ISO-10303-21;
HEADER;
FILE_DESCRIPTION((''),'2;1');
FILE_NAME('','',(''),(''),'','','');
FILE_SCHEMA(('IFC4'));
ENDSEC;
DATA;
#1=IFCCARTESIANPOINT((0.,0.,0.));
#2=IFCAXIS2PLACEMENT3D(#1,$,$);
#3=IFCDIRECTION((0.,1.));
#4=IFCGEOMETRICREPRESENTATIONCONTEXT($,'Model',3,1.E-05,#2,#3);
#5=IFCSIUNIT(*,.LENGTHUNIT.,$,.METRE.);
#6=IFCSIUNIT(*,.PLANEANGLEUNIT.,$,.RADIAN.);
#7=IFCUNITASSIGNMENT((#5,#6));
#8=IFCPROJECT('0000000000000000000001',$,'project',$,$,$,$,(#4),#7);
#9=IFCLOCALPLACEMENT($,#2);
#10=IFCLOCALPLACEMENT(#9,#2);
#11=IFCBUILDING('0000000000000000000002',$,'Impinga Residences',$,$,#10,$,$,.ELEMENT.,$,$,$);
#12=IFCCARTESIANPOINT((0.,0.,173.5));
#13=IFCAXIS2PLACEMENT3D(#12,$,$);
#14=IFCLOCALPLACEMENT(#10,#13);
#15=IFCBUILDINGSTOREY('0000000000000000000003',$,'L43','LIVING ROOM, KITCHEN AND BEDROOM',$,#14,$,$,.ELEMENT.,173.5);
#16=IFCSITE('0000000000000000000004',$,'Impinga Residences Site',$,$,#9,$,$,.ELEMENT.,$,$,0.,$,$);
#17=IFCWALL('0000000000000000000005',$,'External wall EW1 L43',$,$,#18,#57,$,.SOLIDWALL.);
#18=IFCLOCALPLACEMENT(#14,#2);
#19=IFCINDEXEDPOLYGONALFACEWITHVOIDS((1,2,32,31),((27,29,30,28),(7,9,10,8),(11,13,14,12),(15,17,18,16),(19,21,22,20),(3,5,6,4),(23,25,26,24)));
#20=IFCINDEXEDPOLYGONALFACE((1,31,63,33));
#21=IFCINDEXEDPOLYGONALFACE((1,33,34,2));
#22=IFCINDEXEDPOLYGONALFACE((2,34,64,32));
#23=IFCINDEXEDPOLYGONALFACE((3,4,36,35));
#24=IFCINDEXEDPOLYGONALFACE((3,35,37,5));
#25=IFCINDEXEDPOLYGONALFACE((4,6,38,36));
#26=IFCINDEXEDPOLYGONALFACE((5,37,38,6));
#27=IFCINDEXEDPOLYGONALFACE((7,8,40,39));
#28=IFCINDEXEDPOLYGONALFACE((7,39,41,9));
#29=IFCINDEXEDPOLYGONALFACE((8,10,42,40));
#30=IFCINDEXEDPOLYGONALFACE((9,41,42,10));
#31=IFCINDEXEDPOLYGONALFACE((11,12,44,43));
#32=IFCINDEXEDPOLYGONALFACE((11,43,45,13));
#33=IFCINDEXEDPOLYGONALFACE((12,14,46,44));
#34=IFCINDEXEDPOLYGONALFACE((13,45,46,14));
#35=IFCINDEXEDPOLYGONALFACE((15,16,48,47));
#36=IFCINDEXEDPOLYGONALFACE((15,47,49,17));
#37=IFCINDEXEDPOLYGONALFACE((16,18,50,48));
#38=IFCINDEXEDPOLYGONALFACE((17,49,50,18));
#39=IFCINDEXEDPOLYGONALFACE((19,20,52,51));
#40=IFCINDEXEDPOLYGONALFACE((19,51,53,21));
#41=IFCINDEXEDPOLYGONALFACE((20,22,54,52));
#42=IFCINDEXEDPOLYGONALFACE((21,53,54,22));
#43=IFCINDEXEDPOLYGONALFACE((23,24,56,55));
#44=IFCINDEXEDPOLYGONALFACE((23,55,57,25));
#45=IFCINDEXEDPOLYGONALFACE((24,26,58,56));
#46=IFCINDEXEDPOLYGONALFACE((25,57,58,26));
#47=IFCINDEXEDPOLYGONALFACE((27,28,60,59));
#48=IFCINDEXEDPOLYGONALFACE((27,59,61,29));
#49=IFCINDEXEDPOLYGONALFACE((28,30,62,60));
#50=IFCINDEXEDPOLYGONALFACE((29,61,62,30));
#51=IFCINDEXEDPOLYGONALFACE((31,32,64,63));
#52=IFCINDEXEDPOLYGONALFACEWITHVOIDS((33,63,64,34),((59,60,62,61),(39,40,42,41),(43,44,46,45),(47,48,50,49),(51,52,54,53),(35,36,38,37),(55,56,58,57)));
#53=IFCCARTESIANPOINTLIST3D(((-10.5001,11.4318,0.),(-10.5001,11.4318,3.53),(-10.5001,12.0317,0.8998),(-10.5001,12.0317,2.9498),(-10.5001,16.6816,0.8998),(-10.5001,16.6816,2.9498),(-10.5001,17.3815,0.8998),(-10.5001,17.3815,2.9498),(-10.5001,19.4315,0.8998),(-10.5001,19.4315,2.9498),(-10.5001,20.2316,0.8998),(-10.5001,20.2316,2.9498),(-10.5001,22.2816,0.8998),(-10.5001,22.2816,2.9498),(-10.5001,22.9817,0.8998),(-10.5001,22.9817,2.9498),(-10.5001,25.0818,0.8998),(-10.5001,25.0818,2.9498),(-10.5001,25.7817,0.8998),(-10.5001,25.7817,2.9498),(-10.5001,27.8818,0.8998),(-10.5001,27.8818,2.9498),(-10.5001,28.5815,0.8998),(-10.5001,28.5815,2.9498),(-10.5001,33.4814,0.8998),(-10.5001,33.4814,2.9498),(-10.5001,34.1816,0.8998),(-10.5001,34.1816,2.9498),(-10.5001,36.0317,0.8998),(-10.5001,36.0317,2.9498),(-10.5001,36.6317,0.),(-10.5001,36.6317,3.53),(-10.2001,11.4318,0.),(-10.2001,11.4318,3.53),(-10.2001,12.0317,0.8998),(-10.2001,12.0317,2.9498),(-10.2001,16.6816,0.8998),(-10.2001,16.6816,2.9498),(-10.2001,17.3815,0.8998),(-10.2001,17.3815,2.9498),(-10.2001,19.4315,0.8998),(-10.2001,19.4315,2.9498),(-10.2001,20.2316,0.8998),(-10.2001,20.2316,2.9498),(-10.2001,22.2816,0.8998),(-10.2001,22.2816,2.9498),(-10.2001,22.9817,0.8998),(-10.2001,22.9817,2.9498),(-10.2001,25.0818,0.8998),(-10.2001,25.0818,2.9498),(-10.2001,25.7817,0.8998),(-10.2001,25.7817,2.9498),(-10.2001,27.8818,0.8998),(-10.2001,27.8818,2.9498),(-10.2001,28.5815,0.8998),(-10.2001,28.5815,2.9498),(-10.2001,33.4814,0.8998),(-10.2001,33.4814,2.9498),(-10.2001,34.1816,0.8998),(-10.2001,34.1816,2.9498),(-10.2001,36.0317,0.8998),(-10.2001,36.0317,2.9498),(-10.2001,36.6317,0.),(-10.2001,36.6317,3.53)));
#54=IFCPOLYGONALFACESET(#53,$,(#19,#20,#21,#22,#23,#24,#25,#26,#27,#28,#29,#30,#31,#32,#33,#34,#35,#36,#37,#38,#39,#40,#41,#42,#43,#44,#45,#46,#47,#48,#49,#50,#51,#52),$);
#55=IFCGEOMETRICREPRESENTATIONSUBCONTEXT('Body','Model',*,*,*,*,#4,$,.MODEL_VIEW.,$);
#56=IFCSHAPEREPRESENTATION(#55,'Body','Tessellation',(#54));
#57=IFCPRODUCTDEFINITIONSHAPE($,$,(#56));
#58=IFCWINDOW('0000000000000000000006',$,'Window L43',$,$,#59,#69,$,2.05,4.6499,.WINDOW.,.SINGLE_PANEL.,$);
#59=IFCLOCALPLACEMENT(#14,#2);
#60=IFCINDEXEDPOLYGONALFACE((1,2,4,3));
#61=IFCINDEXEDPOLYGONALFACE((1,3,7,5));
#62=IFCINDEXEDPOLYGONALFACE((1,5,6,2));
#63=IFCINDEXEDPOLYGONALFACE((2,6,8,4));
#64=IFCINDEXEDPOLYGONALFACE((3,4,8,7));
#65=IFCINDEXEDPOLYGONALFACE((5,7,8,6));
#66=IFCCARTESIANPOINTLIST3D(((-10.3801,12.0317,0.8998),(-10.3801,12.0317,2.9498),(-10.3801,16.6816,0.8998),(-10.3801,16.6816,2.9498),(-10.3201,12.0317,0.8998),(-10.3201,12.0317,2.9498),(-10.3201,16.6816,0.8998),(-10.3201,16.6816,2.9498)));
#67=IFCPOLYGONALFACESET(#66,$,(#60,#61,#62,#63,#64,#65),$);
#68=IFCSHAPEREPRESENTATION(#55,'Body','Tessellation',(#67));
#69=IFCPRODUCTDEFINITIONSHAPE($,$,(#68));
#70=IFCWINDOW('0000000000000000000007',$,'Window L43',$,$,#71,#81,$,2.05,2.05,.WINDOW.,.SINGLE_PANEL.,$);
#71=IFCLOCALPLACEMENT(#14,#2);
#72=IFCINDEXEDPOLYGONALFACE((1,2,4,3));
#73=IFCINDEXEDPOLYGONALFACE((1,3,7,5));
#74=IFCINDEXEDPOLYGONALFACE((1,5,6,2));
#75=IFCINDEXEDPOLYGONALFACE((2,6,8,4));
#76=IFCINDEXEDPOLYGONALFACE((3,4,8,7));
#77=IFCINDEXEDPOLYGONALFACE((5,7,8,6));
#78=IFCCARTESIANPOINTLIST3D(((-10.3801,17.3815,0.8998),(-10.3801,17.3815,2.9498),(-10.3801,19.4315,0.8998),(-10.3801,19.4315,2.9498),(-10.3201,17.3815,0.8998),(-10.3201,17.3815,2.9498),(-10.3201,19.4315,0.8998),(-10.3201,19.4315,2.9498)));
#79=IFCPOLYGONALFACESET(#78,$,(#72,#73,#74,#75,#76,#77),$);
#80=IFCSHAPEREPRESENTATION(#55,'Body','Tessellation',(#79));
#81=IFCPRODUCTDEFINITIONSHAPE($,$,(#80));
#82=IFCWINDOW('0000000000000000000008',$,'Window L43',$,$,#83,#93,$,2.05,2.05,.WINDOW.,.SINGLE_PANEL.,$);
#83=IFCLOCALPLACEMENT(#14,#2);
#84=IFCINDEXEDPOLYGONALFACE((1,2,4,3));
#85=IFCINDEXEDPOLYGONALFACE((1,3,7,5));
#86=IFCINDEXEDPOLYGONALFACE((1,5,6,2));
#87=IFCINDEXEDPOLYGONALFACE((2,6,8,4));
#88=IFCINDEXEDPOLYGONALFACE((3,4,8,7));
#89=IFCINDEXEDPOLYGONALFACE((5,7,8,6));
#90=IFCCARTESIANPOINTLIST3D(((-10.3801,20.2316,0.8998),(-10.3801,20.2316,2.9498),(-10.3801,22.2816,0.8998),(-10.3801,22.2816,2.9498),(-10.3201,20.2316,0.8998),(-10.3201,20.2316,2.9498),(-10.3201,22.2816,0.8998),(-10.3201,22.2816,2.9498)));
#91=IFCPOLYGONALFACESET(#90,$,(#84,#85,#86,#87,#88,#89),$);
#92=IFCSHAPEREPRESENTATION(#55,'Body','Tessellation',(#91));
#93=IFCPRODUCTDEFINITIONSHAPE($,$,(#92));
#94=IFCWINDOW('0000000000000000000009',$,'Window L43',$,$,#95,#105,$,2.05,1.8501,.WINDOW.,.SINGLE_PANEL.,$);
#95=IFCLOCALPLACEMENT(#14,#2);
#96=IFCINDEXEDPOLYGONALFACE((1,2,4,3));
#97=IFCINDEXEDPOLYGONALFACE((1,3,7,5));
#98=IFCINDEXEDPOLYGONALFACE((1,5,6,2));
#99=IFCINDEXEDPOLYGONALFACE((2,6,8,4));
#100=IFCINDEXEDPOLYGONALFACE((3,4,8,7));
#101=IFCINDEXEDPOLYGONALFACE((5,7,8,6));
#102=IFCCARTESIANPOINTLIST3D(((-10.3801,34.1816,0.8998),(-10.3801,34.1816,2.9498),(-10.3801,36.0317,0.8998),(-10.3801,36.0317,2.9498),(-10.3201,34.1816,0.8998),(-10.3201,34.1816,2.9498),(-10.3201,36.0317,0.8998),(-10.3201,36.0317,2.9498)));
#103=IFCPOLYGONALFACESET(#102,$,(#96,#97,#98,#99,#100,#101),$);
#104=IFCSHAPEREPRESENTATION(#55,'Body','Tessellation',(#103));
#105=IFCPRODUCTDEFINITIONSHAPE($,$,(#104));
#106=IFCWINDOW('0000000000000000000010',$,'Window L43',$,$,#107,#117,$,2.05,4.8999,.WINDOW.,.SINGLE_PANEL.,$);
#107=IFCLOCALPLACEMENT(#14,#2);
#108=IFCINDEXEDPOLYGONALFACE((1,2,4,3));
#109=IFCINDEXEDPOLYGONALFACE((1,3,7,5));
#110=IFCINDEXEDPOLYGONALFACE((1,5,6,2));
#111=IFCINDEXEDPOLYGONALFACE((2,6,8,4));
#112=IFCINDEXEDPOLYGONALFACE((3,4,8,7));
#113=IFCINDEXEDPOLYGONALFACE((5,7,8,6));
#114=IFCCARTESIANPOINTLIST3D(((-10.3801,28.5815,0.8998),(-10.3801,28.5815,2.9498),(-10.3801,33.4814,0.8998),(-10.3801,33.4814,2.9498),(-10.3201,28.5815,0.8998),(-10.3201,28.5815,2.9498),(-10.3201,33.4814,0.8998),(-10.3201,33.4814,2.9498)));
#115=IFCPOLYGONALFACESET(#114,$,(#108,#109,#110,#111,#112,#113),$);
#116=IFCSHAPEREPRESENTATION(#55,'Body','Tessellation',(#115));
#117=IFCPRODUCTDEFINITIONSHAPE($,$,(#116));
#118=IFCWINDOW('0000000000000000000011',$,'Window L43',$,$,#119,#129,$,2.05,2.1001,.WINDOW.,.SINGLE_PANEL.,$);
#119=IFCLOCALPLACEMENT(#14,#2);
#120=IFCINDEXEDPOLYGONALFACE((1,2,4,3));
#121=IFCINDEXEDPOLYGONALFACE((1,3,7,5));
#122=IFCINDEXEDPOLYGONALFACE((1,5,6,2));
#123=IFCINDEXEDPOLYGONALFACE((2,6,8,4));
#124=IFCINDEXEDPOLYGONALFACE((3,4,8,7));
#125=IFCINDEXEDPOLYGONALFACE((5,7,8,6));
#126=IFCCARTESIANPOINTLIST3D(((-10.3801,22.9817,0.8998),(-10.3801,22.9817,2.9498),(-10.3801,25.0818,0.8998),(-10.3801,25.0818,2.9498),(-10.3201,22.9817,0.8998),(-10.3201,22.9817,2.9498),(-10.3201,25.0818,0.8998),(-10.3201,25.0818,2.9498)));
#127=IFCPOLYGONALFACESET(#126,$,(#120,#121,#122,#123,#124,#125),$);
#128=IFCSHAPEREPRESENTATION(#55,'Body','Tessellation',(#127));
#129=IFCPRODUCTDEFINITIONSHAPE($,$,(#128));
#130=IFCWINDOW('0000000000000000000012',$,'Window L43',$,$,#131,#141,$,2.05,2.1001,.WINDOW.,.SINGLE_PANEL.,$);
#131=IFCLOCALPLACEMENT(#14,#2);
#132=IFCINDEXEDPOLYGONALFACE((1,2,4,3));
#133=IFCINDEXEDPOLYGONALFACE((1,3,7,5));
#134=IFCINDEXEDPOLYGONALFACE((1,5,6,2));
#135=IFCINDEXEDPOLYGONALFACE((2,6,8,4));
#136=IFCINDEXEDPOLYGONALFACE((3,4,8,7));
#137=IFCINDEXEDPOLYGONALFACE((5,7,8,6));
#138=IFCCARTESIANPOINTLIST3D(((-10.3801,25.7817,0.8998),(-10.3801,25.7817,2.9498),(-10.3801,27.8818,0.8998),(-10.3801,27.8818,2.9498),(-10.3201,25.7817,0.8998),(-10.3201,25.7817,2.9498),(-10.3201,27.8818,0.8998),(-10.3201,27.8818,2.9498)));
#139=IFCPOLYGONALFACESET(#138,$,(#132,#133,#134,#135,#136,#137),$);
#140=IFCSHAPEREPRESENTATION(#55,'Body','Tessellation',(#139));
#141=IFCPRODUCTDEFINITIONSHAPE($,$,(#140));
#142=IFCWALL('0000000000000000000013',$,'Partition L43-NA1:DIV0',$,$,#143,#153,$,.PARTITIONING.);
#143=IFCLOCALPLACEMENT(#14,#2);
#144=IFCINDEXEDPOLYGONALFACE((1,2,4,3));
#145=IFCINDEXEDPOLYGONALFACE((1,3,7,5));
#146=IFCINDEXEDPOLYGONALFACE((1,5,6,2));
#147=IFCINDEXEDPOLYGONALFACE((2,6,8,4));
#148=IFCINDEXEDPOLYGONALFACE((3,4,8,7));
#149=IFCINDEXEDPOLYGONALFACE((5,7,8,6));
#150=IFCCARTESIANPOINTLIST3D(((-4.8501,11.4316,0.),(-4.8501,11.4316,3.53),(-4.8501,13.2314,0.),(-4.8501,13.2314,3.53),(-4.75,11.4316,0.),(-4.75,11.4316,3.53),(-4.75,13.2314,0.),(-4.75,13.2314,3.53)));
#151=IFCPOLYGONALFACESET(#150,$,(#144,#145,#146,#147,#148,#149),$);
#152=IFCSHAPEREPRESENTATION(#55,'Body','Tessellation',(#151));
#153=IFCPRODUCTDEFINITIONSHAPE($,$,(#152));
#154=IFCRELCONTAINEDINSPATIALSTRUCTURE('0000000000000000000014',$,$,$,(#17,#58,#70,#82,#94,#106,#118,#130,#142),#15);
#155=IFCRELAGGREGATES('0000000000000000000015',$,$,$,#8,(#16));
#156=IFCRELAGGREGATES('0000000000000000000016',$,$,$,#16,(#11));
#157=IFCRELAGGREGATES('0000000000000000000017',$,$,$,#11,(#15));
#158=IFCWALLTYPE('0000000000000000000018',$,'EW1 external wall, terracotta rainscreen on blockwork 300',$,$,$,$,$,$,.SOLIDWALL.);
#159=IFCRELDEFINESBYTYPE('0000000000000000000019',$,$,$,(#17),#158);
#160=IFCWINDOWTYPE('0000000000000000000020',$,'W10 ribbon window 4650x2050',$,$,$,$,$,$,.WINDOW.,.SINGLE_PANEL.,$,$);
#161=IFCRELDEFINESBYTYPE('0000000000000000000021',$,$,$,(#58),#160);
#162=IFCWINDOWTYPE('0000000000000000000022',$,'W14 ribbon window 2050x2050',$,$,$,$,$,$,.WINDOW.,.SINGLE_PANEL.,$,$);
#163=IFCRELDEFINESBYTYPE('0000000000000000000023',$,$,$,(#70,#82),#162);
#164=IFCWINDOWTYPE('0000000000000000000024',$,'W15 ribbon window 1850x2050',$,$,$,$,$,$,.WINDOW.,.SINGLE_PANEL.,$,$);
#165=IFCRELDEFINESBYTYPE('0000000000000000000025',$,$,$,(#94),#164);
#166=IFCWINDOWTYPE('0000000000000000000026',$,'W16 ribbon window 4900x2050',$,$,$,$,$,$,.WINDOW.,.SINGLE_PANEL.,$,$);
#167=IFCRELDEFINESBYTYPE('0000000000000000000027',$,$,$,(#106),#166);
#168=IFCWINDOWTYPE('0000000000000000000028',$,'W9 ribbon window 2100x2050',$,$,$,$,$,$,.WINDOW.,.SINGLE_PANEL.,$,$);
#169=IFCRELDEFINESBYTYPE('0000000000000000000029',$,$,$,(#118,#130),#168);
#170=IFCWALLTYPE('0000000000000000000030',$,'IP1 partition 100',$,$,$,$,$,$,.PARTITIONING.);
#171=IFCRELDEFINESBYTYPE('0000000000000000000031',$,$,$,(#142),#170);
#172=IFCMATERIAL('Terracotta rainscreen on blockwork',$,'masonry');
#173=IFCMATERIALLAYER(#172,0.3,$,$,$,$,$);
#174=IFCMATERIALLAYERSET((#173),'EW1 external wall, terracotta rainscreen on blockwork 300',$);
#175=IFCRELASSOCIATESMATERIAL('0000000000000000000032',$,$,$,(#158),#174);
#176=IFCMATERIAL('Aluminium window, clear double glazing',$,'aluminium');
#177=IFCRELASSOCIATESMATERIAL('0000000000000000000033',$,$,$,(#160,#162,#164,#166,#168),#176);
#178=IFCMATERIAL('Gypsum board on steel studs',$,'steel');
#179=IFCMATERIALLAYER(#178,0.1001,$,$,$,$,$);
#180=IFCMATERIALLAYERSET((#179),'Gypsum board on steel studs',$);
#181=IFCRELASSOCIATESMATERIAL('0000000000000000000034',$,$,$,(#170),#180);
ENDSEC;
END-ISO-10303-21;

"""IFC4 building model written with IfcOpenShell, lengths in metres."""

from ifc_helpers import new_model, si_unit, direction, frame, frame_2d, origin, place, context, subcontext, project, spatial, rectangle, extrude, material, layer, layer_set, type_object, element, fill, save


model = new_model("IFC4")

# Units and contexts
model_context = context("Model", 3, precision=1e-05, world=origin(), true_north=direction((0.0, 1.0)))
body_context = subcontext(model_context, "Body", "Model", "MODEL_VIEW")
ifc_project = project(units=[si_unit("LENGTHUNIT", "METRE"), si_unit("PLANEANGLEUNIT", "RADIAN")], contexts=[model_context])

# Site, building, storey
site_placement = place(None, origin())
site = spatial("IfcSite", under=ifc_project, at=site_placement, Name="Impinga Residences Site", CompositionType="ELEMENT", RefElevation=0.0)
building_placement = place(site_placement, origin())
building = spatial("IfcBuilding", under=site, at=building_placement, Name="Impinga Residences", CompositionType="ELEMENT")
storey_placement = place(building_placement, frame((0.0, 0.0, 173.5)))
storey = spatial("IfcBuildingStorey", under=building, at=storey_placement, Name="L43", Description="LIVING ROOM, KITCHEN AND BEDROOM", CompositionType="ELEMENT", Elevation=173.5)

# Shared definitions
ifc_material_1 = material(Name="Terracotta rainscreen on blockwork", Category="masonry")
ifc_layer_1 = layer(ifc_material_1, 0.3)
ifc_layer_set_1 = layer_set([ifc_layer_1], Name="EW1 external wall, terracotta rainscreen on blockwork 300")
wall_type_1 = type_object("IfcWallType", Name="EW1 external wall, terracotta rainscreen on blockwork 300", PredefinedType="SOLIDWALL", material=ifc_layer_set_1)

# Wall, openings, windows
wall_1_placement = place(storey_placement, frame((-10.3501, 11.4316, 0.0), z_axis=(0.0, 0.0, 1.0), x_axis=(0.0, 1.0, 0.0)))
wall_1 = element("IfcWall", 1, at=wall_1_placement, inside=storey, type_object=wall_type_1, Name="External wall EW1 L43", PredefinedType="SOLIDWALL", context=body_context, shape_type="SweptSolid", body=[
    extrude(rectangle(XDim=25.2, YDim=0.3, at=frame_2d((12.6001, 0.0))), origin(), (0.0, 0.0, 1.0), 3.53),
])
opening_1_placement = place(wall_1_placement, frame((0.6001, 0.0, 0.8999)))
opening_1 = element("IfcOpeningElement", 2, at=opening_1_placement, cuts=wall_1, PredefinedType="OPENING", context=body_context, shape_type="SweptSolid", body=[
    extrude(rectangle(XDim=4.6499, YDim=2.05, at=frame_2d((2.325, 1.0249))), frame((0.0, 0.1599, 0.0), z_axis=(0.0, -1.0, 0.0), x_axis=(1.0, 0.0, 0.0)), (0.0, 0.0, 1.0), 0.3201),
])
opening_2_placement = place(wall_1_placement, frame((5.95, 0.0, 0.8999)))
opening_2 = element("IfcOpeningElement", 3, at=opening_2_placement, cuts=wall_1, PredefinedType="OPENING", context=body_context, shape_type="SweptSolid", body=[
    extrude(rectangle(XDim=2.05, YDim=2.05, at=frame_2d((1.0249, 1.0249))), frame((0.0, 0.1599, 0.0), z_axis=(0.0, -1.0, 0.0), x_axis=(1.0, 0.0, 0.0)), (0.0, 0.0, 1.0), 0.3201),
])
opening_3_placement = place(wall_1_placement, frame((8.8, 0.0, 0.8999)))
opening_3 = element("IfcOpeningElement", 4, at=opening_3_placement, cuts=wall_1, PredefinedType="OPENING", context=body_context, shape_type="SweptSolid", body=[
    extrude(rectangle(XDim=2.05, YDim=2.05, at=frame_2d((1.0249, 1.0249))), frame((0.0, 0.1599, 0.0), z_axis=(0.0, -1.0, 0.0), x_axis=(1.0, 0.0, 0.0)), (0.0, 0.0, 1.0), 0.3201),
])
opening_4_placement = place(wall_1_placement, frame((11.55, 0.0, 0.8999)))
opening_4 = element("IfcOpeningElement", 5, at=opening_4_placement, cuts=wall_1, PredefinedType="OPENING", context=body_context, shape_type="SweptSolid", body=[
    extrude(rectangle(XDim=2.1001, YDim=2.05, at=frame_2d((1.05, 1.0249))), frame((0.0, 0.1599, 0.0), z_axis=(0.0, -1.0, 0.0), x_axis=(1.0, 0.0, 0.0)), (0.0, 0.0, 1.0), 0.3201),
])
opening_5_placement = place(wall_1_placement, frame((14.3501, 0.0, 0.8999)))
opening_5 = element("IfcOpeningElement", 6, at=opening_5_placement, cuts=wall_1, PredefinedType="OPENING", context=body_context, shape_type="SweptSolid", body=[
    extrude(rectangle(XDim=2.1001, YDim=2.05, at=frame_2d((1.05, 1.0249))), frame((0.0, 0.1599, 0.0), z_axis=(0.0, -1.0, 0.0), x_axis=(1.0, 0.0, 0.0)), (0.0, 0.0, 1.0), 0.3201),
])
opening_6_placement = place(wall_1_placement, frame((17.1499, 0.0, 0.8999)))
opening_6 = element("IfcOpeningElement", 7, at=opening_6_placement, cuts=wall_1, PredefinedType="OPENING", context=body_context, shape_type="SweptSolid", body=[
    extrude(rectangle(XDim=4.8999, YDim=2.05, at=frame_2d((2.45, 1.0249))), frame((0.0, 0.1599, 0.0), z_axis=(0.0, -1.0, 0.0), x_axis=(1.0, 0.0, 0.0)), (0.0, 0.0, 1.0), 0.3201),
])
opening_7_placement = place(wall_1_placement, frame((22.75, 0.0, 0.8999)))
opening_7 = element("IfcOpeningElement", 8, at=opening_7_placement, cuts=wall_1, PredefinedType="OPENING", context=body_context, shape_type="SweptSolid", body=[
    extrude(rectangle(XDim=1.8501, YDim=2.05, at=frame_2d((0.925, 1.0249))), frame((0.0, 0.1599, 0.0), z_axis=(0.0, -1.0, 0.0), x_axis=(1.0, 0.0, 0.0)), (0.0, 0.0, 1.0), 0.3201),
])
ifc_material_2 = material(Name="Aluminium window, clear double glazing", Category="aluminium")
window_type_1 = type_object("IfcWindowType", Name="W10 ribbon window 4650x2050", PartitioningType="SINGLE_PANEL", PredefinedType="WINDOW", material=ifc_material_2)
window_1_placement = place(opening_1_placement, origin())
window_1 = element("IfcWindow", 9, at=window_1_placement, inside=storey, type_object=window_type_1, Name="Window L43", OverallHeight=2.05, OverallWidth=4.6499, PartitioningType="SINGLE_PANEL", PredefinedType="WINDOW", context=body_context, shape_type="SweptSolid", body=[
    extrude(rectangle(XDim=4.6499, YDim=2.05, at=frame_2d((2.325, 1.0249))), frame((0.0, 0.03, 0.0), z_axis=(0.0, -1.0, 0.0), x_axis=(1.0, 0.0, 0.0)), (0.0, 0.0, 1.0), 0.0601),
])
fill(opening_1, window_1)
window_type_2 = type_object("IfcWindowType", Name="W14 ribbon window 2050x2050", PartitioningType="SINGLE_PANEL", PredefinedType="WINDOW", material=ifc_material_2)
window_2_placement = place(opening_2_placement, origin())
window_2 = element("IfcWindow", 10, at=window_2_placement, inside=storey, type_object=window_type_2, Name="Window L43", OverallHeight=2.05, OverallWidth=2.05, PartitioningType="SINGLE_PANEL", PredefinedType="WINDOW", context=body_context, shape_type="SweptSolid", body=[
    extrude(rectangle(XDim=2.05, YDim=2.05, at=frame_2d((1.0249, 1.0249))), frame((0.0, 0.03, 0.0), z_axis=(0.0, -1.0, 0.0), x_axis=(1.0, 0.0, 0.0)), (0.0, 0.0, 1.0), 0.0601),
])
fill(opening_2, window_2)
window_3_placement = place(opening_3_placement, origin())
window_3 = element("IfcWindow", 11, at=window_3_placement, inside=storey, type_object=window_type_2, Name="Window L43", OverallHeight=2.05, OverallWidth=2.05, PartitioningType="SINGLE_PANEL", PredefinedType="WINDOW", context=body_context, shape_type="SweptSolid", body=[
    extrude(rectangle(XDim=2.05, YDim=2.05, at=frame_2d((1.0249, 1.0249))), frame((0.0, 0.03, 0.0), z_axis=(0.0, -1.0, 0.0), x_axis=(1.0, 0.0, 0.0)), (0.0, 0.0, 1.0), 0.0601),
])
fill(opening_3, window_3)
window_type_3 = type_object("IfcWindowType", Name="W15 ribbon window 1850x2050", PartitioningType="SINGLE_PANEL", PredefinedType="WINDOW", material=ifc_material_2)
window_4_placement = place(opening_7_placement, origin())
window_4 = element("IfcWindow", 12, at=window_4_placement, inside=storey, type_object=window_type_3, Name="Window L43", OverallHeight=2.05, OverallWidth=1.8501, PartitioningType="SINGLE_PANEL", PredefinedType="WINDOW", context=body_context, shape_type="SweptSolid", body=[
    extrude(rectangle(XDim=1.8501, YDim=2.05, at=frame_2d((0.925, 1.0249))), frame((0.0, 0.03, 0.0), z_axis=(0.0, -1.0, 0.0), x_axis=(1.0, 0.0, 0.0)), (0.0, 0.0, 1.0), 0.0601),
])
fill(opening_7, window_4)
window_type_4 = type_object("IfcWindowType", Name="W16 ribbon window 4900x2050", PartitioningType="SINGLE_PANEL", PredefinedType="WINDOW", material=ifc_material_2)
window_5_placement = place(opening_6_placement, origin())
window_5 = element("IfcWindow", 13, at=window_5_placement, inside=storey, type_object=window_type_4, Name="Window L43", OverallHeight=2.05, OverallWidth=4.8999, PartitioningType="SINGLE_PANEL", PredefinedType="WINDOW", context=body_context, shape_type="SweptSolid", body=[
    extrude(rectangle(XDim=4.8999, YDim=2.05, at=frame_2d((2.45, 1.0249))), frame((0.0, 0.03, 0.0), z_axis=(0.0, -1.0, 0.0), x_axis=(1.0, 0.0, 0.0)), (0.0, 0.0, 1.0), 0.0601),
])
fill(opening_6, window_5)
window_type_5 = type_object("IfcWindowType", Name="W9 ribbon window 2100x2050", PartitioningType="SINGLE_PANEL", PredefinedType="WINDOW", material=ifc_material_2)
window_6_placement = place(opening_4_placement, origin())
window_6 = element("IfcWindow", 14, at=window_6_placement, inside=storey, type_object=window_type_5, Name="Window L43", OverallHeight=2.05, OverallWidth=2.1001, PartitioningType="SINGLE_PANEL", PredefinedType="WINDOW", context=body_context, shape_type="SweptSolid", body=[
    extrude(rectangle(XDim=2.1001, YDim=2.05, at=frame_2d((1.05, 1.0249))), frame((0.0, 0.03, 0.0), z_axis=(0.0, -1.0, 0.0), x_axis=(1.0, 0.0, 0.0)), (0.0, 0.0, 1.0), 0.0601),
])
fill(opening_4, window_6)
window_7_placement = place(opening_5_placement, origin())
window_7 = element("IfcWindow", 15, at=window_7_placement, inside=storey, type_object=window_type_5, Name="Window L43", OverallHeight=2.05, OverallWidth=2.1001, PartitioningType="SINGLE_PANEL", PredefinedType="WINDOW", context=body_context, shape_type="SweptSolid", body=[
    extrude(rectangle(XDim=2.1001, YDim=2.05, at=frame_2d((1.05, 1.0249))), frame((0.0, 0.03, 0.0), z_axis=(0.0, -1.0, 0.0), x_axis=(1.0, 0.0, 0.0)), (0.0, 0.0, 1.0), 0.0601),
])
fill(opening_5, window_7)

# Wall
ifc_material_3 = material(Name="Gypsum board on steel studs", Category="steel")
ifc_layer_2 = layer(ifc_material_3, 0.1001)
ifc_layer_set_2 = layer_set([ifc_layer_2], Name="Gypsum board on steel studs")
wall_type_2 = type_object("IfcWallType", Name="IP1 partition 100", PredefinedType="PARTITIONING", material=ifc_layer_set_2)
wall_2_placement = place(storey_placement, frame((-4.8, 11.4316, 0.0), z_axis=(0.0, 0.0, 1.0), x_axis=(0.0, 1.0, 0.0)))
element("IfcWall", 16, at=wall_2_placement, inside=storey, type_object=wall_type_2, Name="Partition L43-NA1:DIV0", PredefinedType="PARTITIONING", context=body_context, shape_type="SweptSolid", body=[
    extrude(rectangle(XDim=1.7998, YDim=0.1001, at=frame_2d((0.8999, 0.0))), origin(), (0.0, 0.0, 1.0), 3.53),
])

save(model, "model.ifc")
